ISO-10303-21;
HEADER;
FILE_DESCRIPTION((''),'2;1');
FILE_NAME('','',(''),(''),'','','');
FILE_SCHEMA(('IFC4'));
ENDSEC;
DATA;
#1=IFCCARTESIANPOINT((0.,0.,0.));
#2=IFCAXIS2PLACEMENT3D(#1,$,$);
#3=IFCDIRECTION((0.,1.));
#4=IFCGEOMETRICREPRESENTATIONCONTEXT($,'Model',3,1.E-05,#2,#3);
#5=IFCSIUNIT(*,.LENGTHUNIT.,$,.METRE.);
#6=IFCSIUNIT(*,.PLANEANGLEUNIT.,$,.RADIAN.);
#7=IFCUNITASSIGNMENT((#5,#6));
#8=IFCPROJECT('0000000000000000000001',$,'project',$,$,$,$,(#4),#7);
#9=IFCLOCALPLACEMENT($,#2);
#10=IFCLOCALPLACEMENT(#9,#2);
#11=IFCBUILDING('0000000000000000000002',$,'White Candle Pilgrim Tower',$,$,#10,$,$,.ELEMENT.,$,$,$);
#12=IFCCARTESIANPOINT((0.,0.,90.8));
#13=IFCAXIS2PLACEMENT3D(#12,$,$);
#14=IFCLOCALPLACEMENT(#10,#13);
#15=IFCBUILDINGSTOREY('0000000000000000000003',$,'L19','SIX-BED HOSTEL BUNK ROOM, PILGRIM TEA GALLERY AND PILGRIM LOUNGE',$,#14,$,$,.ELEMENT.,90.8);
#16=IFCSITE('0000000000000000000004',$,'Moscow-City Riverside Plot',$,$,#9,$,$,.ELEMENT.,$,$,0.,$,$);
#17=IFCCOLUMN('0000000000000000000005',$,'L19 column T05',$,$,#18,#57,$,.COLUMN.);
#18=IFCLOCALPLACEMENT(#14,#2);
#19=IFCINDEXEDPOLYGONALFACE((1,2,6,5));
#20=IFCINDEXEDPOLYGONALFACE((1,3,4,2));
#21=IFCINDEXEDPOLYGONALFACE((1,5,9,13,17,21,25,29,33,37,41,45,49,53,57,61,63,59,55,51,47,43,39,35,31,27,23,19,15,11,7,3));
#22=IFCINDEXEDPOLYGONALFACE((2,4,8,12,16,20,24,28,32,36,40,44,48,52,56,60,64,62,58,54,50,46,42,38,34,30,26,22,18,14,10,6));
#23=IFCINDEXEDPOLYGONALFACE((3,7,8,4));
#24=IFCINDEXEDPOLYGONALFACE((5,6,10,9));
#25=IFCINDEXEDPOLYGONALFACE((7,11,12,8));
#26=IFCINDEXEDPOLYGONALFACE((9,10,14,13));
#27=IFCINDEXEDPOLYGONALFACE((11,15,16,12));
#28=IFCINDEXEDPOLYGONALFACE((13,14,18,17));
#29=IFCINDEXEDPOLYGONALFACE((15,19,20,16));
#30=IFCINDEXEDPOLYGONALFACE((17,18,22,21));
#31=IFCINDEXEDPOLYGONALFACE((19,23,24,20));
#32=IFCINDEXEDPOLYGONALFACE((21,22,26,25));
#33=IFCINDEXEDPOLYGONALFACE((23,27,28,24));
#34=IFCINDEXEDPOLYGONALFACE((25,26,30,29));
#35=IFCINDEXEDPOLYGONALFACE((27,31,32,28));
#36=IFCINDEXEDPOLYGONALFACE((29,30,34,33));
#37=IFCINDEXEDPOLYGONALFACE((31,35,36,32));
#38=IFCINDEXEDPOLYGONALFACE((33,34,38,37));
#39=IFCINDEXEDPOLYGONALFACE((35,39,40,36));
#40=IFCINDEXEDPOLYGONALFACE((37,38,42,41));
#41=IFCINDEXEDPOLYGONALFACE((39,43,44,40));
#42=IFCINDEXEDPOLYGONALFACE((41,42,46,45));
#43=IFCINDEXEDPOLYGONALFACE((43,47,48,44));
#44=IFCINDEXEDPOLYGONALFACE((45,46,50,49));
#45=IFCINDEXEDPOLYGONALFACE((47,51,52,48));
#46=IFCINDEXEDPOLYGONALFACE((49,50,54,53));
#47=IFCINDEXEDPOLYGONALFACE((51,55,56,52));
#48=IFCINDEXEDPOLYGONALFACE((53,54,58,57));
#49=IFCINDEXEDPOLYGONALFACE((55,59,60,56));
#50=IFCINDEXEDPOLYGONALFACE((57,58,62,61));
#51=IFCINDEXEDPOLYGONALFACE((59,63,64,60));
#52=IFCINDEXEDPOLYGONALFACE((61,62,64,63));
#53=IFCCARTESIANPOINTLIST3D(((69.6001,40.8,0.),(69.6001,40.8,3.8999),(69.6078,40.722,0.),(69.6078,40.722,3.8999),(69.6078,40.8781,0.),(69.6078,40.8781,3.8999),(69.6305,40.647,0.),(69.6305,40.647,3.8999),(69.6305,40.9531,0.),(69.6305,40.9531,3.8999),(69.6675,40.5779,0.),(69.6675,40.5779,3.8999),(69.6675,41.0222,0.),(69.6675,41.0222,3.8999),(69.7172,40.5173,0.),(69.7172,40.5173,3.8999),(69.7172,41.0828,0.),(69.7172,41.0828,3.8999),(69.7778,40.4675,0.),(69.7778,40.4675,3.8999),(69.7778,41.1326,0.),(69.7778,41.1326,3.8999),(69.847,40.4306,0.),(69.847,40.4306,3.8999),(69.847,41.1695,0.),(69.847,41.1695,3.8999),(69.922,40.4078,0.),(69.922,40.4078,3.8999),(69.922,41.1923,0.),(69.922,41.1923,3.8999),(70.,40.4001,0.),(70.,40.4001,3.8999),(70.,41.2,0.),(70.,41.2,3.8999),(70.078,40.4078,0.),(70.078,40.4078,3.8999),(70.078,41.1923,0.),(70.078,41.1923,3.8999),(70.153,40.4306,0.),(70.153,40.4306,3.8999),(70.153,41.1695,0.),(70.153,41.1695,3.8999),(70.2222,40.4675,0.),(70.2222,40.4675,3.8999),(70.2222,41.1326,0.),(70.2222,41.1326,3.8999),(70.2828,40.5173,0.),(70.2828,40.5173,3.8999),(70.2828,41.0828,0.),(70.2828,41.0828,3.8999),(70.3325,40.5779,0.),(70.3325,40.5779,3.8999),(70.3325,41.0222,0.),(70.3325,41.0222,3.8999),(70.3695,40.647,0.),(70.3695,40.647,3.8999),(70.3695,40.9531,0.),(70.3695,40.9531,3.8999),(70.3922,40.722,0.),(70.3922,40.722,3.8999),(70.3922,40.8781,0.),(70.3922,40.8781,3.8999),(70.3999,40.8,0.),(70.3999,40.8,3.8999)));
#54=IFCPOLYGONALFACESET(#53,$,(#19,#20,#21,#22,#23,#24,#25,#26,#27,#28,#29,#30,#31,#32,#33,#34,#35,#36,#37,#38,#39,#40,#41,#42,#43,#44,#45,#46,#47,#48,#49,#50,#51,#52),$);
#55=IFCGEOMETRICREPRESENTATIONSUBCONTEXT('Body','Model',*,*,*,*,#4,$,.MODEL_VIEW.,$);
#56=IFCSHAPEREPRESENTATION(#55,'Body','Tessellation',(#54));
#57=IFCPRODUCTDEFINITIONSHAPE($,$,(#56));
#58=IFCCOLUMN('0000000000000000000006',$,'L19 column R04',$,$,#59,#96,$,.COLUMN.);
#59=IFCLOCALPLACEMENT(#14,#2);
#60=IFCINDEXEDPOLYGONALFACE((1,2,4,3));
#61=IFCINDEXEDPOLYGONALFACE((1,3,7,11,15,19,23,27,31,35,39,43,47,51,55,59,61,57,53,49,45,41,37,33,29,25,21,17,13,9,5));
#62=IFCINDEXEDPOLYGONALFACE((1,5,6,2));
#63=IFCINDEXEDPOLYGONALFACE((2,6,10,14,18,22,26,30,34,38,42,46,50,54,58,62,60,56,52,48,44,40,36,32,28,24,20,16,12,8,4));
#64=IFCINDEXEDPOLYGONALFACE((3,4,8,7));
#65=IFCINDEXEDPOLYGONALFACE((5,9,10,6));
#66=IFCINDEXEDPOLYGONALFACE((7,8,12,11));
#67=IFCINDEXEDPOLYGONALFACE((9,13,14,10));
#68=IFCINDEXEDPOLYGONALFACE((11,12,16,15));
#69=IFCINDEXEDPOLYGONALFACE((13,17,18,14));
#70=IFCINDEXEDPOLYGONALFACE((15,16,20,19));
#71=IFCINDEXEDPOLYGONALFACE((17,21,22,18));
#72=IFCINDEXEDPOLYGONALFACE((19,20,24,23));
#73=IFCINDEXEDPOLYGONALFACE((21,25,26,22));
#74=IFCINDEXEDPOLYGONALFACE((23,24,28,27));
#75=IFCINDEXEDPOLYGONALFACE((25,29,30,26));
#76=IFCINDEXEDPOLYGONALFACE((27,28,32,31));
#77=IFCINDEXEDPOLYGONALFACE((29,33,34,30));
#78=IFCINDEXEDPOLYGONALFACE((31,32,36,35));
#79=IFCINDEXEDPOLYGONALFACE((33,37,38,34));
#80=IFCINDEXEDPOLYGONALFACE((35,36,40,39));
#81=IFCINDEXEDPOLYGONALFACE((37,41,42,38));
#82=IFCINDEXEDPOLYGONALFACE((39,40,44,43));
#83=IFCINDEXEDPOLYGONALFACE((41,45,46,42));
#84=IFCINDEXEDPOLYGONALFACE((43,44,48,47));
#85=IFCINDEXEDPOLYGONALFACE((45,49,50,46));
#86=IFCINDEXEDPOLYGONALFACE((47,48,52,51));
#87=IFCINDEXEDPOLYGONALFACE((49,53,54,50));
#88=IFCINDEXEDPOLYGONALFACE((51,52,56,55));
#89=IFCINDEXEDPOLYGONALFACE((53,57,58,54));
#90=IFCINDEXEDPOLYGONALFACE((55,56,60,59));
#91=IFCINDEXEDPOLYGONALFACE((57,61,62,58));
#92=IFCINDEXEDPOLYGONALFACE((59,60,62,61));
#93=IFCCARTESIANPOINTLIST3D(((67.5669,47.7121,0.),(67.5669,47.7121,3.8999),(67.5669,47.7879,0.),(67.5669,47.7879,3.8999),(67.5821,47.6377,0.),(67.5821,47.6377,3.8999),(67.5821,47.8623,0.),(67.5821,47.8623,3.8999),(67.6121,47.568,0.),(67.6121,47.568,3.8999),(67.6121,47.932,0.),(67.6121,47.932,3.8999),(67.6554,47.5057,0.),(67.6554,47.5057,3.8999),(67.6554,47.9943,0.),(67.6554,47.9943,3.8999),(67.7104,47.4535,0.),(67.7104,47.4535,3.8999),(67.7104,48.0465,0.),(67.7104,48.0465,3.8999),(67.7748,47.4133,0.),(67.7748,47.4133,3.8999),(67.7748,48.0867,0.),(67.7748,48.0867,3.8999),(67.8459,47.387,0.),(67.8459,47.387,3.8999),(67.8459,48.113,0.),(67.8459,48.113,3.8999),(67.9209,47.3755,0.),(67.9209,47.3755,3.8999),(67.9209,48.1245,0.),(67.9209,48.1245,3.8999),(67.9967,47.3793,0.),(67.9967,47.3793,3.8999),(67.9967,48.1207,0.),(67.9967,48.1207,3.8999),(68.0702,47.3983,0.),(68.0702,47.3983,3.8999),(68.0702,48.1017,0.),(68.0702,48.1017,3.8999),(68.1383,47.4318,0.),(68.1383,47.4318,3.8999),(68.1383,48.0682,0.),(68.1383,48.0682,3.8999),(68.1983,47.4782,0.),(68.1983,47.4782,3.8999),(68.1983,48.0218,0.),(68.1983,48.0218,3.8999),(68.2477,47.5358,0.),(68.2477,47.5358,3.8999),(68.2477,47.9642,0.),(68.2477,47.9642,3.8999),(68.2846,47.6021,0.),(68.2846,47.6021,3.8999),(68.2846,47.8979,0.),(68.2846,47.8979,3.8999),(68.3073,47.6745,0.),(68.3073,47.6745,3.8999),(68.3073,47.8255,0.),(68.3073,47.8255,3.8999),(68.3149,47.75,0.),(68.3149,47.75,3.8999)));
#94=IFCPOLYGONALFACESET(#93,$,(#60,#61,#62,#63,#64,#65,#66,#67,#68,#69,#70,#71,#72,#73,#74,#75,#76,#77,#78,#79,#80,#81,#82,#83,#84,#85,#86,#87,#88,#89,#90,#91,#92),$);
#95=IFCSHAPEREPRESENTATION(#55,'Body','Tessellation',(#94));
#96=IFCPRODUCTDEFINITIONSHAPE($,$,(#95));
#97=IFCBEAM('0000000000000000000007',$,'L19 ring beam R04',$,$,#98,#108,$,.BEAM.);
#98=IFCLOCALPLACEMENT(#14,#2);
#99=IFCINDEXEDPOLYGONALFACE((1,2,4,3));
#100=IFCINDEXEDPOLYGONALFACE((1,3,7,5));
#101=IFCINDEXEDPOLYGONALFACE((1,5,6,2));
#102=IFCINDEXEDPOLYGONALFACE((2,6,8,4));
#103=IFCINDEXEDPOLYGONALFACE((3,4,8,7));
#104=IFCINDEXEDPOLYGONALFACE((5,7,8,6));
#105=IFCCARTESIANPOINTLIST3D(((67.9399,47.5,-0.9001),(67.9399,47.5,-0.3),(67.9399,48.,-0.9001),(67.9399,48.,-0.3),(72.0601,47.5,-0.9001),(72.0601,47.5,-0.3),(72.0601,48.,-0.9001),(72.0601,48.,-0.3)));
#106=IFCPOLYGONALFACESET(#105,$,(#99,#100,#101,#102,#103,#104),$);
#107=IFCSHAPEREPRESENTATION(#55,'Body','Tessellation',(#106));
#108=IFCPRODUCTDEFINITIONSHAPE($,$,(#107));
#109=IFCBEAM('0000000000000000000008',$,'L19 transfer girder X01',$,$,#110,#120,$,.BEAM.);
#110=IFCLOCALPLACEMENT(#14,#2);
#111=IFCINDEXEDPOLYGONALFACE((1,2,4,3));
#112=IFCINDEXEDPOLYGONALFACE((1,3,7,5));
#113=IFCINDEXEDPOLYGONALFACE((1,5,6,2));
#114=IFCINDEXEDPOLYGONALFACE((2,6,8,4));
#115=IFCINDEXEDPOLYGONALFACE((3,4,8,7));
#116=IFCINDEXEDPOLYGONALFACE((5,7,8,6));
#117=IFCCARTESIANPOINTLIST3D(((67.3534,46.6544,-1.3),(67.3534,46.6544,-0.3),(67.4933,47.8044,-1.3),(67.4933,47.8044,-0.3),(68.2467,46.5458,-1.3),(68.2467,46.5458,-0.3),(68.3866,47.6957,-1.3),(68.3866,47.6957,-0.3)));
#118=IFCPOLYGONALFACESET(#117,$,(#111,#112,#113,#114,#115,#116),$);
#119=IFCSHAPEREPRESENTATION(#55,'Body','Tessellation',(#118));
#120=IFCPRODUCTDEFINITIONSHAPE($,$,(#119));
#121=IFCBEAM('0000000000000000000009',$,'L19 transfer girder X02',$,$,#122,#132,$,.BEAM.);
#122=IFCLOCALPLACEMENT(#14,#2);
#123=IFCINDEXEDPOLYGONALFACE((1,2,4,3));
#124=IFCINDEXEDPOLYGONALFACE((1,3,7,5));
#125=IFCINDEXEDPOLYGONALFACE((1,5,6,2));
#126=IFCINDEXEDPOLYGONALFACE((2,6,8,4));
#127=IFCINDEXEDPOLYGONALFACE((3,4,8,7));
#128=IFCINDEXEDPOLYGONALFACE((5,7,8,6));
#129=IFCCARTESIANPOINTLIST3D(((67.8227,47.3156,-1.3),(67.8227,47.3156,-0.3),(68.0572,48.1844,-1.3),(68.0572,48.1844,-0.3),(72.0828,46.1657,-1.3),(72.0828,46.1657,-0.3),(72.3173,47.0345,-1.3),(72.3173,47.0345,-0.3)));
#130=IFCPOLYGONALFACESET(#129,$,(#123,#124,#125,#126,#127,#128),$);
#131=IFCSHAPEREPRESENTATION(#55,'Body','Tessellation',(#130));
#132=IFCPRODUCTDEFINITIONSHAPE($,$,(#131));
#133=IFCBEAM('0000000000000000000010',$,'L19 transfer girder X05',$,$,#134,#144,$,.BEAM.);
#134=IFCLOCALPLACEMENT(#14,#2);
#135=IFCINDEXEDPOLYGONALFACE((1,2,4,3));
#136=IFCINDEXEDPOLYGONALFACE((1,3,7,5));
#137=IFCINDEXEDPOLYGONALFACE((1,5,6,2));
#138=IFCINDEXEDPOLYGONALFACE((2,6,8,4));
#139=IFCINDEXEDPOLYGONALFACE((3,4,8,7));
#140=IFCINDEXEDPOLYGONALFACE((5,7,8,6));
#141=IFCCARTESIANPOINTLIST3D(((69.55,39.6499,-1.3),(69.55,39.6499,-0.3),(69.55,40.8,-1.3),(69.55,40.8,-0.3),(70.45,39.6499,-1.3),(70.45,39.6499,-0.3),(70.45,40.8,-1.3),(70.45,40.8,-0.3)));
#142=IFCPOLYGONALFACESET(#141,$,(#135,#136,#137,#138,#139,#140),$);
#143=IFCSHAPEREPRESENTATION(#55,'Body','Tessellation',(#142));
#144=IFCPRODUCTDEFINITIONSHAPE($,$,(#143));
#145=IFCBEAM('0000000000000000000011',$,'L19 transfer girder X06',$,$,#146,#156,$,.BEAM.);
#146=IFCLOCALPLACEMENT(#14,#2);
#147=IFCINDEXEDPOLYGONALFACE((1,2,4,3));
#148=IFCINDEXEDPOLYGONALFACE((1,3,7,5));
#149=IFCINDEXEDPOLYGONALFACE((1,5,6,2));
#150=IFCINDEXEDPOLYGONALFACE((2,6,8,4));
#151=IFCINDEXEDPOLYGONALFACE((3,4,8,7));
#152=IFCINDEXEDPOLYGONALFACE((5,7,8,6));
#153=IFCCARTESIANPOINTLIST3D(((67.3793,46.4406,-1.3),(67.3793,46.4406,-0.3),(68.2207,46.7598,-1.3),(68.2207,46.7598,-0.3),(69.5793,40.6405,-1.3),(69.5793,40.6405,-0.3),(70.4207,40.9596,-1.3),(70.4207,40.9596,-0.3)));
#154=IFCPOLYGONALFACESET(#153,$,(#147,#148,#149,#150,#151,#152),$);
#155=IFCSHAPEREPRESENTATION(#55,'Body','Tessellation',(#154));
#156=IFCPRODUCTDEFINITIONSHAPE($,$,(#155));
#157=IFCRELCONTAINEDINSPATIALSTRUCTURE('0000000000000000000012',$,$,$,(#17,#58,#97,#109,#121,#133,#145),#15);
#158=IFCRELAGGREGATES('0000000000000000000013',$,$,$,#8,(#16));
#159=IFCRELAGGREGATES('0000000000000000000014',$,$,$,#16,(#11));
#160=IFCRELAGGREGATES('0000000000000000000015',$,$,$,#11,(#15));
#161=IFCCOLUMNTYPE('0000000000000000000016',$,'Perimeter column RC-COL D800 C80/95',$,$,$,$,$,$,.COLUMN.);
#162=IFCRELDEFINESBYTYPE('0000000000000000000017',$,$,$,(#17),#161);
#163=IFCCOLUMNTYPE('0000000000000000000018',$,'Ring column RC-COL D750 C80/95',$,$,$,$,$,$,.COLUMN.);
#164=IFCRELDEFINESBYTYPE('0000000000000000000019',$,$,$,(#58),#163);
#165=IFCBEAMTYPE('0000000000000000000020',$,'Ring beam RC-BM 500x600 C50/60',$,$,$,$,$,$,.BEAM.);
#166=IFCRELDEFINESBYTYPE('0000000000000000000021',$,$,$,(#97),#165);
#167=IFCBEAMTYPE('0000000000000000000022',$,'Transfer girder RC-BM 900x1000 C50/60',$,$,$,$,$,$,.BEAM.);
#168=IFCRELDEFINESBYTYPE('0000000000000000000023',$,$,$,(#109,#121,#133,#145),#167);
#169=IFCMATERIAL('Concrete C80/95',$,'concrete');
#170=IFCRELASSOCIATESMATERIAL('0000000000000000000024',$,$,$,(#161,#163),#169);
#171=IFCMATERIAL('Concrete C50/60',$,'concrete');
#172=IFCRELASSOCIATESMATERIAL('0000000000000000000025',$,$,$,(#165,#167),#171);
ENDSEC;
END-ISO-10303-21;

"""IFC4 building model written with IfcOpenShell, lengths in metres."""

from ifc_helpers import new_model, si_unit, direction, frame, origin, origin_2d, place, context, subcontext, project, spatial, rectangle, circle, extrude, material, material_profile, profile_set, type_object, element, save


model = new_model("IFC4")

# Units and contexts
model_context = context("Model", 3, precision=1e-05, world=origin(), true_north=direction((0.0, 1.0)))
body_context = subcontext(model_context, "Body", "Model", "MODEL_VIEW")
ifc_project = project(units=[si_unit("LENGTHUNIT", "METRE"), si_unit("PLANEANGLEUNIT", "RADIAN")], contexts=[model_context])

# Site, building, storey
site_placement = place(None, origin())
site = spatial("IfcSite", under=ifc_project, at=site_placement, Name="Moscow-City Riverside Plot", CompositionType="ELEMENT", RefElevation=0.0)
building_placement = place(site_placement, origin())
building = spatial("IfcBuilding", under=site, at=building_placement, Name="White Candle Pilgrim Tower", CompositionType="ELEMENT")
storey_placement = place(building_placement, frame((0.0, 0.0, 90.8)))
storey = spatial("IfcBuildingStorey", under=building, at=storey_placement, Name="L19", Description="SIX-BED HOSTEL BUNK ROOM, PILGRIM TEA GALLERY AND PILGRIM LOUNGE", CompositionType="ELEMENT", Elevation=90.8)

# Columns
ifc_material_1 = material(Name="Concrete C80/95", Category="concrete")
ifc_material_profile_1 = material_profile(ifc_material_1, circle(Radius=0.3999, at=origin_2d()), Name="RC-COL D800")
ifc_profile_set_1 = profile_set([ifc_material_profile_1], Name="Concrete C80/95")
column_type_1 = type_object("IfcColumnType", Name="Perimeter column RC-COL D800 C80/95", PredefinedType="COLUMN", material=ifc_profile_set_1)
column_1_placement = place(storey_placement, frame((70.0, 40.8, 0.0), z_axis=(0.0, 0.0, 1.0), x_axis=(1.0, 0.0, 0.0)))
element("IfcColumn", 1, at=column_1_placement, inside=storey, type_object=column_type_1, Name="L19 column T05", PredefinedType="COLUMN", context=body_context, shape_type="SweptSolid", body=[
    extrude(circle(Radius=0.3999, at=origin_2d()), origin(), (0.0, 0.0, 1.0), 3.8999),
])
ifc_material_profile_2 = material_profile(ifc_material_1, circle(Radius=0.375, at=origin_2d()), Name="RC-COL D750")
ifc_profile_set_2 = profile_set([ifc_material_profile_2], Name="Concrete C80/95")
column_type_2 = type_object("IfcColumnType", Name="Ring column RC-COL D750 C80/95", PredefinedType="COLUMN", material=ifc_profile_set_2)
column_2_placement = place(storey_placement, frame((67.9399, 47.75, 0.0), z_axis=(0.0, 0.0, 1.0), x_axis=(1.0, 0.0, 0.0)))
element("IfcColumn", 2, at=column_2_placement, inside=storey, type_object=column_type_2, Name="L19 column R04", PredefinedType="COLUMN", context=body_context, shape_type="SweptSolid", body=[
    extrude(circle(Radius=0.375, at=origin_2d()), origin(), (0.0, 0.0, 1.0), 3.8999),
])

# Beams
ifc_material_2 = material(Name="Concrete C50/60", Category="concrete")
ifc_material_profile_3 = material_profile(ifc_material_2, rectangle(XDim=0.5, YDim=0.6001, at=origin_2d()), Name="RC-BM 500x600")
ifc_profile_set_3 = profile_set([ifc_material_profile_3], Name="Concrete C50/60")
beam_type_1 = type_object("IfcBeamType", Name="Ring beam RC-BM 500x600 C50/60", PredefinedType="BEAM", material=ifc_profile_set_3)
beam_1_placement = place(storey_placement, frame((67.9399, 47.75, -0.6001), z_axis=(1.0, 0.0, 0.0), x_axis=(0.0, 1.0, 0.0)))
element("IfcBeam", 3, at=beam_1_placement, inside=storey, type_object=beam_type_1, Name="L19 ring beam R04", PredefinedType="BEAM", context=body_context, shape_type="SweptSolid", body=[
    extrude(rectangle(XDim=0.5, YDim=0.6001, at=origin_2d()), origin(), (0.0, 0.0, 1.0), 4.1201),
])
ifc_material_profile_4 = material_profile(ifc_material_2, rectangle(XDim=0.8999, YDim=1.0, at=origin_2d()), Name="RC-BM 900x1000")
ifc_profile_set_4 = profile_set([ifc_material_profile_4], Name="Concrete C50/60")
beam_type_2 = type_object("IfcBeamType", Name="Transfer girder RC-BM 900x1000 C50/60", PredefinedType="BEAM", material=ifc_profile_set_4)
beam_2_placement = place(storey_placement, frame((67.8, 46.6001, -0.8), z_axis=(0.120766, 0.992681, 0.0), x_axis=(-0.992681, 0.120766, 0.0)))
element("IfcBeam", 4, at=beam_2_placement, inside=storey, type_object=beam_type_2, Name="L19 transfer girder X01", PredefinedType="BEAM", context=body_context, shape_type="SweptSolid", body=[
    extrude(rectangle(XDim=0.8999, YDim=1.0, at=origin_2d()), origin(), (0.0, 0.0, 1.0), 1.1584),
])
beam_3_placement = place(storey_placement, frame((67.9399, 47.75, -0.8), z_axis=(0.965446, -0.260602, 0.0), x_axis=(0.260602, 0.965446, 0.0)))
element("IfcBeam", 5, at=beam_3_placement, inside=storey, type_object=beam_type_2, Name="L19 transfer girder X02", PredefinedType="BEAM", context=body_context, shape_type="SweptSolid", body=[
    extrude(rectangle(XDim=0.8999, YDim=1.0, at=origin_2d()), origin(), (0.0, 0.0, 1.0), 4.4126),
])
beam_4_placement = place(storey_placement, frame((70.0, 39.6499, -0.8), z_axis=(0.0, 1.0, 0.0), x_axis=(-1.0, 0.0, 0.0)))
element("IfcBeam", 6, at=beam_4_placement, inside=storey, type_object=beam_type_2, Name="L19 transfer girder X05", PredefinedType="BEAM", context=body_context, shape_type="SweptSolid", body=[
    extrude(rectangle(XDim=0.8999, YDim=1.0, at=origin_2d()), origin(), (0.0, 0.0, 1.0), 1.1501),
])
beam_5_placement = place(storey_placement, frame((70.0, 40.8, -0.8), z_axis=(-0.354645, 0.935001, 0.0), x_axis=(-0.935001, -0.354645, 0.0)))
element("IfcBeam", 7, at=beam_5_placement, inside=storey, type_object=beam_type_2, Name="L19 transfer girder X06", PredefinedType="BEAM", context=body_context, shape_type="SweptSolid", body=[
    extrude(rectangle(XDim=0.8999, YDim=1.0, at=origin_2d()), origin(), (0.0, 0.0, 1.0), 6.2034),
])

save(model, "model.ifc")
